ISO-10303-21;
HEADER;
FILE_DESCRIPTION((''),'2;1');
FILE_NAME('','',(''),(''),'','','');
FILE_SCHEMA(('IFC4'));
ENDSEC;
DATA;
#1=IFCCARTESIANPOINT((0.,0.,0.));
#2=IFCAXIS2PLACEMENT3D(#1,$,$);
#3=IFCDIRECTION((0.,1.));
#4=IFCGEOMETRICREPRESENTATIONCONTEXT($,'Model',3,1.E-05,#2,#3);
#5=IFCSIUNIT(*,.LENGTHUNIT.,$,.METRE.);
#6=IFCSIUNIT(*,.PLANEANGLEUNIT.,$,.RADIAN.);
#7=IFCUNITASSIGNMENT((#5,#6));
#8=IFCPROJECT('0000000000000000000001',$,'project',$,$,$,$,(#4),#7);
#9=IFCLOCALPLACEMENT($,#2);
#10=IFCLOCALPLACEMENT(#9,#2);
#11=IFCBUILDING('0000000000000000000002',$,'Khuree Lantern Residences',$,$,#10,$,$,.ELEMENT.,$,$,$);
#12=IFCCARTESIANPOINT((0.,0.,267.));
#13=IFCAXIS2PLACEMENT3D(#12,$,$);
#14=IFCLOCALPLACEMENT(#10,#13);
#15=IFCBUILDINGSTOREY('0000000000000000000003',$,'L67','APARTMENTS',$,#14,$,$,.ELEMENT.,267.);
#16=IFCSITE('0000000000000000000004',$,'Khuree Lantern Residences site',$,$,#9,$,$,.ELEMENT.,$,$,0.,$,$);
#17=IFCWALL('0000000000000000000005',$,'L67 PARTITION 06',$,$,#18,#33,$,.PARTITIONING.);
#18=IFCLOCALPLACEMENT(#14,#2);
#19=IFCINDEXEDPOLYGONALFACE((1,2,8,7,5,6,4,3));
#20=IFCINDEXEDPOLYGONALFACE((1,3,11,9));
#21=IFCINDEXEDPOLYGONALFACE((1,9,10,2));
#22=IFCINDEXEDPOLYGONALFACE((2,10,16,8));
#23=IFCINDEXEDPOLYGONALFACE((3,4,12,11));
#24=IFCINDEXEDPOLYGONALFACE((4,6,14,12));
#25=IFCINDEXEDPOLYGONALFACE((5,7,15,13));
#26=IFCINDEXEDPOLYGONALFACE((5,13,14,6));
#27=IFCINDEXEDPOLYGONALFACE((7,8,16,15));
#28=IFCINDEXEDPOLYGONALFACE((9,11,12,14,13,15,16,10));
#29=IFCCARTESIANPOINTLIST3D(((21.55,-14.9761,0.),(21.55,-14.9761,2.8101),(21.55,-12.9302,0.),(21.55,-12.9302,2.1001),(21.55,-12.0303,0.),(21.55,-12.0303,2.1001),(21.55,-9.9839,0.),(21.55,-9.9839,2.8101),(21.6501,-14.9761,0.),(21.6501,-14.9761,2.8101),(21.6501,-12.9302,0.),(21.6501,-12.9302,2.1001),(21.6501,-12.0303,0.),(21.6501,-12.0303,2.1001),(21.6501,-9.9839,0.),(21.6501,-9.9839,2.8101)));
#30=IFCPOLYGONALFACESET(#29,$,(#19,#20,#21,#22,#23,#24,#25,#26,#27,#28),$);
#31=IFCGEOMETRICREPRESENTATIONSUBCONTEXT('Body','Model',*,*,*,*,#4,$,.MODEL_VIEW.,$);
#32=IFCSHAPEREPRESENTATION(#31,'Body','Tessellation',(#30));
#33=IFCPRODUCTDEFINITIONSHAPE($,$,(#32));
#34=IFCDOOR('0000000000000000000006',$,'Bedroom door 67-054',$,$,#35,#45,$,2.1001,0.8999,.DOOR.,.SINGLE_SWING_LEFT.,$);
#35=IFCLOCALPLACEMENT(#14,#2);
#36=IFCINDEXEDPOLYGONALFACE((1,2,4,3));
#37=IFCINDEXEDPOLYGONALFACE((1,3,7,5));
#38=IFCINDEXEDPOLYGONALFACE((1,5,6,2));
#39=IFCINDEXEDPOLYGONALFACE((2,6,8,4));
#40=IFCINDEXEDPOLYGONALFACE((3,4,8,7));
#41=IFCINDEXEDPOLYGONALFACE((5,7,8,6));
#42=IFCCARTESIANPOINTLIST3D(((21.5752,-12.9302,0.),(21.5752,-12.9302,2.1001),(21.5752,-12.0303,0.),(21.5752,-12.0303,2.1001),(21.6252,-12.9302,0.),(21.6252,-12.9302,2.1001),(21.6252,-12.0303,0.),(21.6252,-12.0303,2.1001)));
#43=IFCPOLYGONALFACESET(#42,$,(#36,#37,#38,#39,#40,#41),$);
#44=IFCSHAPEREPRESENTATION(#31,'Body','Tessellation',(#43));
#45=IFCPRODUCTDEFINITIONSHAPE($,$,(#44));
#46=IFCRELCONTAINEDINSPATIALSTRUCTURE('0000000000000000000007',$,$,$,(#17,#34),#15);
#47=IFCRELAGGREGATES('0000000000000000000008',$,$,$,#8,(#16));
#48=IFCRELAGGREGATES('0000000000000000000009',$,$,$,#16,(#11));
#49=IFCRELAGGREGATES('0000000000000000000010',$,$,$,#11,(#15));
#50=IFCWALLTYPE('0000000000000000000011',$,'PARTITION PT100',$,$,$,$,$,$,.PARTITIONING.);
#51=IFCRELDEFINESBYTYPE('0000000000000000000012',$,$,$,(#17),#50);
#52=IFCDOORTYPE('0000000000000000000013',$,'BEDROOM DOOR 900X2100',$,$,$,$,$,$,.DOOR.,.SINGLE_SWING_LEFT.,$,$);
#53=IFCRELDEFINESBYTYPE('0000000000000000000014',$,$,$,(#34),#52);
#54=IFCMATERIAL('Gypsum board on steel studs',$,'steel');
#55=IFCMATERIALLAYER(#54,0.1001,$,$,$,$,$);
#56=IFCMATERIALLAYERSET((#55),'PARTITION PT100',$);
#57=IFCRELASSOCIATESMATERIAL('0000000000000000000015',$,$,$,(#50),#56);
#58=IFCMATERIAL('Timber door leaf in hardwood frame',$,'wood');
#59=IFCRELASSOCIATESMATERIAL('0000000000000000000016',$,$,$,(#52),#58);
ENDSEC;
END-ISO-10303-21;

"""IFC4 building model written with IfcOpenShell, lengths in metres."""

from ifc_helpers import new_model, si_unit, direction, frame, frame_2d, origin, place, context, subcontext, project, spatial, rectangle, extrude, material, layer, layer_set, type_object, element, fill, save


model = new_model("IFC4")

# Units and contexts
model_context = context("Model", 3, precision=1e-05, world=origin(), true_north=direction((0.0, 1.0)))
body_context = subcontext(model_context, "Body", "Model", "MODEL_VIEW")
ifc_project = project(units=[si_unit("LENGTHUNIT", "METRE"), si_unit("PLANEANGLEUNIT", "RADIAN")], contexts=[model_context])

# Site, building, storey
site_placement = place(None, origin())
site = spatial("IfcSite", under=ifc_project, at=site_placement, Name="Khuree Lantern Residences site", CompositionType="ELEMENT", RefElevation=0.0)
building_placement = place(site_placement, origin())
building = spatial("IfcBuilding", under=site, at=building_placement, Name="Khuree Lantern Residences", CompositionType="ELEMENT")
storey_placement = place(building_placement, frame((0.0, 0.0, 267.0)))
storey = spatial("IfcBuildingStorey", under=building, at=storey_placement, Name="L67", Description="APARTMENTS", CompositionType="ELEMENT", Elevation=267.0)

# Shared definitions
ifc_material_1 = material(Name="Timber door leaf in hardwood frame", Category="wood")

# Shared definitions
ifc_material_2 = material(Name="Gypsum board on steel studs", Category="steel")

# Shared definitions
ifc_layer_1 = layer(ifc_material_2, 0.1001)
ifc_layer_set_1 = layer_set([ifc_layer_1], Name="PARTITION PT100")
wall_type_1 = type_object("IfcWallType", Name="PARTITION PT100", PredefinedType="PARTITIONING", material=ifc_layer_set_1)

# Wall, opening, door
door_type_1 = type_object("IfcDoorType", Name="BEDROOM DOOR 900X2100", OperationType="SINGLE_SWING_LEFT", PredefinedType="DOOR", material=ifc_material_1)
wall_1_placement = place(storey_placement, frame((21.6001, -14.9761, 0.0), z_axis=(0.0, 0.0, 1.0), x_axis=(0.0, 1.0, 0.0)))
wall_1 = element("IfcWall", 1, at=wall_1_placement, inside=storey, type_object=wall_type_1, Name="L67 PARTITION 06", PredefinedType="PARTITIONING", context=body_context, shape_type="SweptSolid", body=[
    extrude(rectangle(XDim=4.9922, YDim=0.1001, at=frame_2d((2.4961, 0.0))), origin(), (0.0, 0.0, 1.0), 2.8101),
])
opening_1_placement = place(wall_1_placement, frame((2.0459, 0.0, 0.0)))
opening_1 = element("IfcOpeningElement", 2, at=opening_1_placement, cuts=wall_1, PredefinedType="OPENING", context=body_context, shape_type="SweptSolid", body=[
    extrude(rectangle(XDim=0.8999, YDim=2.1001, at=frame_2d((0.45, 1.05))), frame((0.0, 0.0601, 0.0), z_axis=(0.0, -1.0, 0.0), x_axis=(1.0, 0.0, 0.0)), (0.0, 0.0, 1.0), 0.1201),
])
door_1_placement = place(opening_1_placement, origin())
door_1 = element("IfcDoor", 3, at=door_1_placement, inside=storey, type_object=door_type_1, Name="Bedroom door 67-054", OperationType="SINGLE_SWING_LEFT", OverallHeight=2.1001, OverallWidth=0.8999, PredefinedType="DOOR", context=body_context, shape_type="SweptSolid", body=[
    extrude(rectangle(XDim=0.8999, YDim=2.1001, at=frame_2d((0.45, 1.05))), frame((0.0, 0.0249, 0.0), z_axis=(0.0, -1.0, 0.0), x_axis=(1.0, 0.0, 0.0)), (0.0, 0.0, 1.0), 0.05),
])
fill(opening_1, door_1)

save(model, "model.ifc")
